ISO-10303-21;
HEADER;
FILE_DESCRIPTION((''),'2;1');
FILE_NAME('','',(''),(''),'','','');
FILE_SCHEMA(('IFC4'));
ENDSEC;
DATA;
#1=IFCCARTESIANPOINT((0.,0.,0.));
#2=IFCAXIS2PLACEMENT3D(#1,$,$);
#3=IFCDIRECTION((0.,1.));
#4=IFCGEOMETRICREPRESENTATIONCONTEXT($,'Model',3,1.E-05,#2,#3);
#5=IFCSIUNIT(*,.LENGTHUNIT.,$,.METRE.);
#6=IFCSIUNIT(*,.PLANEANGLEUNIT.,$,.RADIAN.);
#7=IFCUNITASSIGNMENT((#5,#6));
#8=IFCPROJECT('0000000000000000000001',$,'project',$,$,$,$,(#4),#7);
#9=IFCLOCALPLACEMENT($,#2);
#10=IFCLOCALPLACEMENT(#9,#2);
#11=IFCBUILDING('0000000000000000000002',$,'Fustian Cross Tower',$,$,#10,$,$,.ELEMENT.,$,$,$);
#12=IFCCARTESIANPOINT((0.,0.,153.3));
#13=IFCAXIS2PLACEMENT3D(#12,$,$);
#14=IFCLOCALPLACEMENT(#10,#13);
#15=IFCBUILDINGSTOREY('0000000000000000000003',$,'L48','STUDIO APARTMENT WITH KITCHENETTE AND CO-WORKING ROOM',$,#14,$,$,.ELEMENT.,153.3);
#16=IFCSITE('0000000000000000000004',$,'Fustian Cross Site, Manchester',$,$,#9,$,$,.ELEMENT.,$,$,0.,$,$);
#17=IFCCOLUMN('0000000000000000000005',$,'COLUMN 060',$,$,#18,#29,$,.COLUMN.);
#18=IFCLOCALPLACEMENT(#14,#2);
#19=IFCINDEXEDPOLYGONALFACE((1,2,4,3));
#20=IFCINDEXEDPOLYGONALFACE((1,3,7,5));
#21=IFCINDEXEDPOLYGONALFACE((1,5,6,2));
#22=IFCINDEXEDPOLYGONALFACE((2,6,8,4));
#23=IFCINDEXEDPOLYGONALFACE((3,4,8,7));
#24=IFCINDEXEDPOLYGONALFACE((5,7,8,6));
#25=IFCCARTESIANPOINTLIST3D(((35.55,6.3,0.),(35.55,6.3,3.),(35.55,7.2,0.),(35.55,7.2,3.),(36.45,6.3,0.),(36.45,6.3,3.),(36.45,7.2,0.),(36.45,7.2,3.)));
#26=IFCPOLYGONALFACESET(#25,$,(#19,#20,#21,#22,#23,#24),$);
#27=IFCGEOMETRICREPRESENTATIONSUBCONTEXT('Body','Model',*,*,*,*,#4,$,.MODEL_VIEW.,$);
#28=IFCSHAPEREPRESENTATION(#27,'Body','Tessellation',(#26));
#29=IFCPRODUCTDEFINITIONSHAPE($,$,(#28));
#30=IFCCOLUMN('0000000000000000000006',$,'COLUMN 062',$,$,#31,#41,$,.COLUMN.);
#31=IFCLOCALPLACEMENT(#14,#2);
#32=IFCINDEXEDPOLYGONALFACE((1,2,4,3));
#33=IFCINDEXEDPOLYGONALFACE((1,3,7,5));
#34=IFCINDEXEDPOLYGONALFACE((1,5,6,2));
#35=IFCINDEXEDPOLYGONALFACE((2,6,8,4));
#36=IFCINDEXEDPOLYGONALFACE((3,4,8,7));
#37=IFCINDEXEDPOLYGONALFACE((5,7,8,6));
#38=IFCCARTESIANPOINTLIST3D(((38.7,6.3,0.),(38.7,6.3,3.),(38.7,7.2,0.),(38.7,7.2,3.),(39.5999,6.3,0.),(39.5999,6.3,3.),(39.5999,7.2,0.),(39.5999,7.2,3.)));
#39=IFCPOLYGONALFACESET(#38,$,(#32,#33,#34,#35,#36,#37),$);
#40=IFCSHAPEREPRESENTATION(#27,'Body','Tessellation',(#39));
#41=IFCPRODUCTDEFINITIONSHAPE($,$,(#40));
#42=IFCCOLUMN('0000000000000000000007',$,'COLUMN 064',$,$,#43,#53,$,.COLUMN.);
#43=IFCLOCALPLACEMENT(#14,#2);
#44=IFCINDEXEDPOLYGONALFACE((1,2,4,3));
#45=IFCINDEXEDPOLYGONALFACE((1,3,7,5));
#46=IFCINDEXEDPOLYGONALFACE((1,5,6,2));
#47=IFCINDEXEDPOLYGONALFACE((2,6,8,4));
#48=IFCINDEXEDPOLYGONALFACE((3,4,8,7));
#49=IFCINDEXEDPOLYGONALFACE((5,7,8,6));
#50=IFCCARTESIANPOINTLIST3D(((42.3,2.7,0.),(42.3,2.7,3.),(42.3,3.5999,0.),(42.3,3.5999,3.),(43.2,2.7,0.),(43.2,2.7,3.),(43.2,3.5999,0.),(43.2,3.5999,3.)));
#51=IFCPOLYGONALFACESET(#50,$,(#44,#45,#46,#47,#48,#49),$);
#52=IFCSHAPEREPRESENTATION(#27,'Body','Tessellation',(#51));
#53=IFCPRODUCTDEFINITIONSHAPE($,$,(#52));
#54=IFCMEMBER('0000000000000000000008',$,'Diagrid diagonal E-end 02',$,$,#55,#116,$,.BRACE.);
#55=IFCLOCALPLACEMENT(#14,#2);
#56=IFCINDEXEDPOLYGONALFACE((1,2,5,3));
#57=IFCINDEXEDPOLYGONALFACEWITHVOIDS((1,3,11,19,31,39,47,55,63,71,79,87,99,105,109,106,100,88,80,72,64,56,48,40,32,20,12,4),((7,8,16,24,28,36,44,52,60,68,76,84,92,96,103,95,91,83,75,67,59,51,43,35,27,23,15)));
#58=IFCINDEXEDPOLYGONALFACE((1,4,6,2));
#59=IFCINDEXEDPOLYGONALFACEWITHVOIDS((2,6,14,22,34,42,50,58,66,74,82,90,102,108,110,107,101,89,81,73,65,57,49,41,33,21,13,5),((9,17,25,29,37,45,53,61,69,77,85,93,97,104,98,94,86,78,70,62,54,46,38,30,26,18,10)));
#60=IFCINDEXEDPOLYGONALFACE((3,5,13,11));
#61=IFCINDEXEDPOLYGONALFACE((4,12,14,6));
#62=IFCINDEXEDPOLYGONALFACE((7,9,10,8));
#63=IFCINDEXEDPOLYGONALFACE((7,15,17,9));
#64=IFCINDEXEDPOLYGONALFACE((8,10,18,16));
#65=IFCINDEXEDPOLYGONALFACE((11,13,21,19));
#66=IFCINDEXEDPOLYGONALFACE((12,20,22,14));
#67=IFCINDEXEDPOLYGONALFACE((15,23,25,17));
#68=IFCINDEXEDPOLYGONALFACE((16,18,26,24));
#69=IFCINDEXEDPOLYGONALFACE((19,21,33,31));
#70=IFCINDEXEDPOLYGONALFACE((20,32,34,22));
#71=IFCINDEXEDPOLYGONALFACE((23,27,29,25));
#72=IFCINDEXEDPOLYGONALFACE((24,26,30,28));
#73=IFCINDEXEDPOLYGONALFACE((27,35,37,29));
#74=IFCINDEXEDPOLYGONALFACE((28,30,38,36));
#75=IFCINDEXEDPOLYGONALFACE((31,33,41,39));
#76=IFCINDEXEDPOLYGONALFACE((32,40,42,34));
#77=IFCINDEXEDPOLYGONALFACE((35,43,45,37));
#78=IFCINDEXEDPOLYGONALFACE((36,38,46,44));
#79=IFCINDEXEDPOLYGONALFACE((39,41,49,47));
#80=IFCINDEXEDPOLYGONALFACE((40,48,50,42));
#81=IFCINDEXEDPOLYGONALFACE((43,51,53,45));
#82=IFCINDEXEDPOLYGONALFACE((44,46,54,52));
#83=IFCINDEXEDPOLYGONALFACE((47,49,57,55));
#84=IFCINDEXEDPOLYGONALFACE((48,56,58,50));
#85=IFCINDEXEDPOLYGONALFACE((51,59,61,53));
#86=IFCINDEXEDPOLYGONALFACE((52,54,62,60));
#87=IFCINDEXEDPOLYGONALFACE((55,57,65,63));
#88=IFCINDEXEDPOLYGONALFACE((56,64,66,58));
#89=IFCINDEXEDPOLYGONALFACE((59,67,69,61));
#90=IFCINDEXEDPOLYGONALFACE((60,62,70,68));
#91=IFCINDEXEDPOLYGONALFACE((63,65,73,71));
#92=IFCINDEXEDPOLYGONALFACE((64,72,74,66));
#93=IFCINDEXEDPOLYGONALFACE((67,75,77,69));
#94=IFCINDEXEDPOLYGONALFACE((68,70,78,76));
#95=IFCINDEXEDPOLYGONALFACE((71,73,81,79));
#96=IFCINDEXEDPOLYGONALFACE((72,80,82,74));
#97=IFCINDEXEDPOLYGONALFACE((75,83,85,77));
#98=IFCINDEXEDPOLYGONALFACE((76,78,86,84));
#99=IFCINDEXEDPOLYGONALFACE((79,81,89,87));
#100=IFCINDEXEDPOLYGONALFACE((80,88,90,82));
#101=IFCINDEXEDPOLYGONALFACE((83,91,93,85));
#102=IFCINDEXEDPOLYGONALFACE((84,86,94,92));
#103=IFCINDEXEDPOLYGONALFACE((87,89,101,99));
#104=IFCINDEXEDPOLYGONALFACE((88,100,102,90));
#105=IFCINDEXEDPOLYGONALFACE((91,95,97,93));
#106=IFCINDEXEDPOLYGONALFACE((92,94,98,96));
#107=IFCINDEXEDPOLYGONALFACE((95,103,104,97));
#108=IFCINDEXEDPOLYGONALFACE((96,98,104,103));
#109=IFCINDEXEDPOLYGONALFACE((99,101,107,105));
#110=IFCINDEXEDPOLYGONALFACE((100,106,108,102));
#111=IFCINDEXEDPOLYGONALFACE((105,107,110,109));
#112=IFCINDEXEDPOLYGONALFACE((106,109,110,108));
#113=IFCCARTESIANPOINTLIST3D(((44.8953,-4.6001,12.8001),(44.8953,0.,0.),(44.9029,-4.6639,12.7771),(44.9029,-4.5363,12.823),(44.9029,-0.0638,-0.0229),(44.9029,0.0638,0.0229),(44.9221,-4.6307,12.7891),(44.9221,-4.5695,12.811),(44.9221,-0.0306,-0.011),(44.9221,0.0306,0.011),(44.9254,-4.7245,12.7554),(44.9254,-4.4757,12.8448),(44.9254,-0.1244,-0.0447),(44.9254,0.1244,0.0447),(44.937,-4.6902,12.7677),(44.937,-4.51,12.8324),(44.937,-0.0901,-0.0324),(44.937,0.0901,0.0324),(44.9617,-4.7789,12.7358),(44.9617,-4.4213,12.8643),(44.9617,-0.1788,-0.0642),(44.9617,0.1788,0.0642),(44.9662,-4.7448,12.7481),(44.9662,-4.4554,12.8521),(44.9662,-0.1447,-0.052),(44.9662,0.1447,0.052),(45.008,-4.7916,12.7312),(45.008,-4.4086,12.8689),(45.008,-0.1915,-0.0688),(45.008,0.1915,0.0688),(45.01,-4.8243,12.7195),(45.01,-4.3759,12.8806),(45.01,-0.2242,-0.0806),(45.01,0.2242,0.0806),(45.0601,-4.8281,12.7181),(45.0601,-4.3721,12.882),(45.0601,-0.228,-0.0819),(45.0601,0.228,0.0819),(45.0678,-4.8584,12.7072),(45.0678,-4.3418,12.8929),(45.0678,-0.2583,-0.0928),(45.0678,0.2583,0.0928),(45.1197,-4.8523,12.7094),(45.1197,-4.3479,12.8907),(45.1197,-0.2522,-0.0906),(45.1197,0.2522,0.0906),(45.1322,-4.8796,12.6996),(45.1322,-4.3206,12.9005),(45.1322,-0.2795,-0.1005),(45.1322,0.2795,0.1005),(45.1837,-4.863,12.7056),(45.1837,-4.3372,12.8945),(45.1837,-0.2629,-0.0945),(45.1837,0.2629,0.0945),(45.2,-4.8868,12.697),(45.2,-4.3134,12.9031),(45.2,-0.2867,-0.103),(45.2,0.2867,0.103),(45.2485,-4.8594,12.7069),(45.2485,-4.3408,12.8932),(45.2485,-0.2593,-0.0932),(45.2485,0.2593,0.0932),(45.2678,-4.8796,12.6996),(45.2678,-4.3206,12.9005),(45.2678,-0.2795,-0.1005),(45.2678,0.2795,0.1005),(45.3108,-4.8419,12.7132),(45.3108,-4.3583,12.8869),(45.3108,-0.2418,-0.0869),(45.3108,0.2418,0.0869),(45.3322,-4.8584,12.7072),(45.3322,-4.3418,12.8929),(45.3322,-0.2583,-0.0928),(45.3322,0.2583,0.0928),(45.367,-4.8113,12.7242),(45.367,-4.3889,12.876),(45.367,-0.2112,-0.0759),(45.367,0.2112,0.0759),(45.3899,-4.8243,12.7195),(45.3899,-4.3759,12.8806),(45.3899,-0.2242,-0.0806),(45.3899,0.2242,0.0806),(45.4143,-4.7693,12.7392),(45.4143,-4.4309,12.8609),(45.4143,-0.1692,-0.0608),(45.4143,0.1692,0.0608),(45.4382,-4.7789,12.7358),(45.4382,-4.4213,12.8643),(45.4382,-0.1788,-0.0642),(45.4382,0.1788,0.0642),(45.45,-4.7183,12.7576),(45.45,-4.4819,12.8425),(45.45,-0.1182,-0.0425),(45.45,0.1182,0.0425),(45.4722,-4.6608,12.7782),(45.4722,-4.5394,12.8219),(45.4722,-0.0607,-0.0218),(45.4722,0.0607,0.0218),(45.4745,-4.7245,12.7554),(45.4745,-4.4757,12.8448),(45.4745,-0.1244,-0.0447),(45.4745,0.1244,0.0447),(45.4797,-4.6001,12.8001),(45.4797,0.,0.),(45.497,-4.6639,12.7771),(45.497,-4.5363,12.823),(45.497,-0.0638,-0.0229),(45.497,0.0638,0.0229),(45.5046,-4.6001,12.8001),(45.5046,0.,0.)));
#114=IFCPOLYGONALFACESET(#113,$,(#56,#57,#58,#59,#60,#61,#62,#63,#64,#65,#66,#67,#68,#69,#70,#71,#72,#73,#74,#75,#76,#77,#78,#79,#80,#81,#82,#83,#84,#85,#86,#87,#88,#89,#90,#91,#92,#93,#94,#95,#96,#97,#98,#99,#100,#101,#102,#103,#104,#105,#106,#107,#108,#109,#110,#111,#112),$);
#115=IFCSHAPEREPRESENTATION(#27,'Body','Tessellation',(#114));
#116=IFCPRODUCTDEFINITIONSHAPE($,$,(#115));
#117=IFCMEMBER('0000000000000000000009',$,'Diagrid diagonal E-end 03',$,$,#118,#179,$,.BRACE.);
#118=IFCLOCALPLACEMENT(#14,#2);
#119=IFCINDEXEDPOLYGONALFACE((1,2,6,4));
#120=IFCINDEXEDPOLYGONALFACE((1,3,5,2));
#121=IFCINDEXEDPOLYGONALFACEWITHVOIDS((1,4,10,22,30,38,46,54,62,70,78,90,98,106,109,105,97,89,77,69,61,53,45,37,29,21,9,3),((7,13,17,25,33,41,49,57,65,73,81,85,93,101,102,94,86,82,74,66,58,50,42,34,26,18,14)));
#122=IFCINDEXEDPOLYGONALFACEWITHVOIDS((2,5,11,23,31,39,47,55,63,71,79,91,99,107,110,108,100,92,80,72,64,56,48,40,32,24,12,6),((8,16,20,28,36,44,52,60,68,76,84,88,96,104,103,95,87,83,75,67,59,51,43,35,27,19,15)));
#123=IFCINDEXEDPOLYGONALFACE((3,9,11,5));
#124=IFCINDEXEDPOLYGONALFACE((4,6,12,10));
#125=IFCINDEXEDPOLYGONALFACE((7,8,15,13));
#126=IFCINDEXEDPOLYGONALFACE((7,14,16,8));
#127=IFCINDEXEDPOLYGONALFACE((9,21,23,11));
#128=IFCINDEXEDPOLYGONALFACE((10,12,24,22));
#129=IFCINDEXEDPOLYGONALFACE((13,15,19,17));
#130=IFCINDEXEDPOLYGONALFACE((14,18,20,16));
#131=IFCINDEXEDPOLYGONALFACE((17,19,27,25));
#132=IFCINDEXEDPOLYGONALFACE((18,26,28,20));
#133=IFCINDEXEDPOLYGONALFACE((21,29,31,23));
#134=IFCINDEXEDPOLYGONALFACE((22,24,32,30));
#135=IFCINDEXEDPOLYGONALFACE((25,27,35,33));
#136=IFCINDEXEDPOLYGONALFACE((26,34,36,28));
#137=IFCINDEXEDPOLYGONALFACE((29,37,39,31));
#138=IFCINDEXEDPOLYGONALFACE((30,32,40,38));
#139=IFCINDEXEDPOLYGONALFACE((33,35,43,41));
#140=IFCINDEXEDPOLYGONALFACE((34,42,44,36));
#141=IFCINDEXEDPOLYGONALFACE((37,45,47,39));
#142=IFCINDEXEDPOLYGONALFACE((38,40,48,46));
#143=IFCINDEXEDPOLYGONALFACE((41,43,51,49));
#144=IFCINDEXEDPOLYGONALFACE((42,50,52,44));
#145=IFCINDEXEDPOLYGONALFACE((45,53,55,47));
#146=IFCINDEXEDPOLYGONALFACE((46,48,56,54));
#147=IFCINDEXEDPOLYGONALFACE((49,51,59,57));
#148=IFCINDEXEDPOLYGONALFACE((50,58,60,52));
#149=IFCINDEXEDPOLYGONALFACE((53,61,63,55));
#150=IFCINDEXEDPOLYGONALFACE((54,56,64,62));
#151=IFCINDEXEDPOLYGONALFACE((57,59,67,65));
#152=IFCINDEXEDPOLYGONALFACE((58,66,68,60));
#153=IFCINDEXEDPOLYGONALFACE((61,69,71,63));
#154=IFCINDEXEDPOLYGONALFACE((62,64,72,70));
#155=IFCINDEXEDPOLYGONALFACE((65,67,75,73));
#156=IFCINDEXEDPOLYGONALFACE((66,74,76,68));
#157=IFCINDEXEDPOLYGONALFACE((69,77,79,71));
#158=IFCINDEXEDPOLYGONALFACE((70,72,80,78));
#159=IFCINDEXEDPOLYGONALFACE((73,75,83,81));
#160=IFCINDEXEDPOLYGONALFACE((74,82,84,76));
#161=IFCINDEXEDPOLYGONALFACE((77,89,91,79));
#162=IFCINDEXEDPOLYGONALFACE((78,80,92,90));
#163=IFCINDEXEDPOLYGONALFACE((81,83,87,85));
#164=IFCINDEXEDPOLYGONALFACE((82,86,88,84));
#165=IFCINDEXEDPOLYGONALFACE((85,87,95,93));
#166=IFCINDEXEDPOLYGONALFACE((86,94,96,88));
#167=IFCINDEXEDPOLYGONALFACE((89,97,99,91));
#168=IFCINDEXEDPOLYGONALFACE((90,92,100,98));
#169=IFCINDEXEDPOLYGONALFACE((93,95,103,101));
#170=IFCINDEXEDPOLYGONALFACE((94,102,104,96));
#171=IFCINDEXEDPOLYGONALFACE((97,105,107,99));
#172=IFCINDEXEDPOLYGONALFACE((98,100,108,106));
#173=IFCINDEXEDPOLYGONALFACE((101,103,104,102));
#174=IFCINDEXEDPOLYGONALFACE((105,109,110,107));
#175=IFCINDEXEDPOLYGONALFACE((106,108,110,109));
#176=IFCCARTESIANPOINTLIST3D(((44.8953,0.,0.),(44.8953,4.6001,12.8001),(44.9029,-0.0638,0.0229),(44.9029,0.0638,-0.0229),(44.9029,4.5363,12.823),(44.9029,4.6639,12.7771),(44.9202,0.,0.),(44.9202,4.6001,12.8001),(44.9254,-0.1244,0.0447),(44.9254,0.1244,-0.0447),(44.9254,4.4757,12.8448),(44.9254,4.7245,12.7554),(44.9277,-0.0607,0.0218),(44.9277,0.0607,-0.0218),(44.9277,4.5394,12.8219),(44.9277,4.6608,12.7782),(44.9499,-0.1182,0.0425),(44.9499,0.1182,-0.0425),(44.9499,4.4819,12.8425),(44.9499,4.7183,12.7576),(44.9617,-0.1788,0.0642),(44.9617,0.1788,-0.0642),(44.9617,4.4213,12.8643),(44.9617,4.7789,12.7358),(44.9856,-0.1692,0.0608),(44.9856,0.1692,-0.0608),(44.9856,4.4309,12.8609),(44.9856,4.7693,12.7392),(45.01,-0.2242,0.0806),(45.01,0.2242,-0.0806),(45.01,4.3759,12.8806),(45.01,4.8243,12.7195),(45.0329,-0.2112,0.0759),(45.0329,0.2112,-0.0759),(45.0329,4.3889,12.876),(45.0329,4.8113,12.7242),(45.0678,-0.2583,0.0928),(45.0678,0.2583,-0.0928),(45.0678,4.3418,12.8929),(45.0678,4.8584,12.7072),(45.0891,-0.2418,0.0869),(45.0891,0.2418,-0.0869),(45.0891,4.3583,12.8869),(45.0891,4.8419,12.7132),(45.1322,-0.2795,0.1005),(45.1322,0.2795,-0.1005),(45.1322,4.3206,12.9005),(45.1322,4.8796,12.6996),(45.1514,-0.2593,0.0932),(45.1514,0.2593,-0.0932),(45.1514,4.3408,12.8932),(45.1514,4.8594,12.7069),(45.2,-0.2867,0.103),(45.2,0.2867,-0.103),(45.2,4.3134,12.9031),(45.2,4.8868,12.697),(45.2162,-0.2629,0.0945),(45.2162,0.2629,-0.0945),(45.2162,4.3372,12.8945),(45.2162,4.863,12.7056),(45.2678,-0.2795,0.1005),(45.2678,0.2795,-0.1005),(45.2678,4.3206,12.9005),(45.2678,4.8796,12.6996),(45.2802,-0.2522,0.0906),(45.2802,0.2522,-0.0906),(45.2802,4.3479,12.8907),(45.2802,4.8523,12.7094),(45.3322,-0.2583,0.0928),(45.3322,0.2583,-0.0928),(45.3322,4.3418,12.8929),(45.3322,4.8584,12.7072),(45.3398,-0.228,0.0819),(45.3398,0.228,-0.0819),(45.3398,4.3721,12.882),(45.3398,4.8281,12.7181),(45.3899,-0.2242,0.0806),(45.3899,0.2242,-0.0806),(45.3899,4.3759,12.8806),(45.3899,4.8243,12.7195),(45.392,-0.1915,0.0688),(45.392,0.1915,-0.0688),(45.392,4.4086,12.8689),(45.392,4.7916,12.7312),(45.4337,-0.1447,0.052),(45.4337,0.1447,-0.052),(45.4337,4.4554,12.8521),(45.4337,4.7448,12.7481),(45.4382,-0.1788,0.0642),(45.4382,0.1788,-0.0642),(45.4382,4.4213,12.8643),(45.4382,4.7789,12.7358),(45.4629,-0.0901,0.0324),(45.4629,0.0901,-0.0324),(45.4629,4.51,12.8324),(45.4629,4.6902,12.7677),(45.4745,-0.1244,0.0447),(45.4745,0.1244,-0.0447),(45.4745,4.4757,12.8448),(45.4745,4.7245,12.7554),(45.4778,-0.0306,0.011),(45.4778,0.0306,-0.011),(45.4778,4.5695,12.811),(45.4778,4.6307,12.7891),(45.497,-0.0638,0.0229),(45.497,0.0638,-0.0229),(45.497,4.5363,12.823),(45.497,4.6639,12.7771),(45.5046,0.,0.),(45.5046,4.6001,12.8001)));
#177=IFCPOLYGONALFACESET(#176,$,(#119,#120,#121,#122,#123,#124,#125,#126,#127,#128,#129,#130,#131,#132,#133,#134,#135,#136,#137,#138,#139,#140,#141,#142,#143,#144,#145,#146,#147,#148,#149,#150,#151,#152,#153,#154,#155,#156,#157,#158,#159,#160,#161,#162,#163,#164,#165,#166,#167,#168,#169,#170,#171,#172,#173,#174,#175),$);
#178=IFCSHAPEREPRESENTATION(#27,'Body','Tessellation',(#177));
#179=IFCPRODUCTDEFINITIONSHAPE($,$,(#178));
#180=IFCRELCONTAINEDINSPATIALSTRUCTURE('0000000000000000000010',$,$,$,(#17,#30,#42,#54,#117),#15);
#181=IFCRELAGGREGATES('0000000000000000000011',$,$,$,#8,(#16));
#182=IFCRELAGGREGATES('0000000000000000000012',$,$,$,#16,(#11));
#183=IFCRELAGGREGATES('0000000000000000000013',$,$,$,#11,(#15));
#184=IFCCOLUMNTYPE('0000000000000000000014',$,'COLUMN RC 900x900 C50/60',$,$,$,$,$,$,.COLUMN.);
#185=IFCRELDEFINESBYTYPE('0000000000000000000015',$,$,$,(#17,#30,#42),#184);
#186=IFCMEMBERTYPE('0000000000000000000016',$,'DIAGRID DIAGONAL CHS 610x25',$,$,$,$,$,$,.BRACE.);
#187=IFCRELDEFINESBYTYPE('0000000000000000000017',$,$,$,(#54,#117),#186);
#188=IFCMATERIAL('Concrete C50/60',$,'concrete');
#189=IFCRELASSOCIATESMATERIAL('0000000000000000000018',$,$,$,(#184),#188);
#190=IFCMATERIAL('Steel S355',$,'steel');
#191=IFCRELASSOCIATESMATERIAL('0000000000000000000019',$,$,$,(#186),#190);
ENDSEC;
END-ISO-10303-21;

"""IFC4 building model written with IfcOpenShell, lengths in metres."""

from ifc_helpers import new_model, si_unit, direction, frame, origin, origin_2d, place, context, subcontext, project, spatial, rectangle, hollow_circle, extrude, material, material_profile, profile_set, type_object, element, save


model = new_model("IFC4")

# Units and contexts
model_context = context("Model", 3, precision=1e-05, world=origin(), true_north=direction((0.0, 1.0)))
body_context = subcontext(model_context, "Body", "Model", "MODEL_VIEW")
ifc_project = project(units=[si_unit("LENGTHUNIT", "METRE"), si_unit("PLANEANGLEUNIT", "RADIAN")], contexts=[model_context])

# Site, building, storey
site_placement = place(None, origin())
site = spatial("IfcSite", under=ifc_project, at=site_placement, Name="Fustian Cross Site, Manchester", CompositionType="ELEMENT", RefElevation=0.0)
building_placement = place(site_placement, origin())
building = spatial("IfcBuilding", under=site, at=building_placement, Name="Fustian Cross Tower", CompositionType="ELEMENT")
storey_placement = place(building_placement, frame((0.0, 0.0, 153.3)))
storey = spatial("IfcBuildingStorey", under=building, at=storey_placement, Name="L48", Description="STUDIO APARTMENT WITH KITCHENETTE AND CO-WORKING ROOM", CompositionType="ELEMENT", Elevation=153.3)

# Columns
ifc_material_1 = material(Name="Concrete C50/60", Category="concrete")
ifc_material_profile_1 = material_profile(ifc_material_1, rectangle(XDim=0.8999, YDim=0.8999, at=origin_2d()), Name="RC 900x900")
ifc_profile_set_1 = profile_set([ifc_material_profile_1], Name="Concrete C50/60")
column_type = type_object("IfcColumnType", Name="COLUMN RC 900x900 C50/60", PredefinedType="COLUMN", material=ifc_profile_set_1)
for number, where, z_axis, x_axis, name in (
    (1, (36.0, 6.75, 0.0), (0.0, 0.0, 1.0), (1.0, 0.0, 0.0), "COLUMN 060"),
    (2, (39.1499, 6.75, 0.0), (0.0, 0.0, 1.0), (1.0, 0.0, 0.0), "COLUMN 062"),
    (3, (42.75, 3.1499, 0.0), (0.0, 0.0, 1.0), (1.0, 0.0, 0.0), "COLUMN 064"),
):
    element("IfcColumn", number, at=place(storey_placement, frame(where, z_axis=z_axis, x_axis=x_axis)), inside=storey, type_object=column_type, Name=name, PredefinedType="COLUMN", context=body_context, shape_type="SweptSolid", body=[
        extrude(rectangle(XDim=0.8999, YDim=0.8999, at=origin_2d()), origin(), (0.0, 0.0, 1.0), 3.0),
    ])

# Members
ifc_material_2 = material(Name="Steel S355", Category="steel")
ifc_material_profile_2 = material_profile(ifc_material_2, hollow_circle(Radius=0.3047, WallThickness=0.0249, at=origin_2d()), Name="CHS 610x25")
ifc_profile_set_2 = profile_set([ifc_material_profile_2], Name="Steel S355")
member_type_1 = type_object("IfcMemberType", Name="DIAGRID DIAGONAL CHS 610x25", PredefinedType="BRACE", material=ifc_profile_set_2)
for number, where, z_axis, x_axis, name in (
    (4, (45.2, 0.0, 0.0), (0.0, -0.338204, 0.941073), (1.0, 0.0, 0.0), "Diagrid diagonal E-end 02"),
    (5, (45.2, 0.0, 0.0), (0.0, 0.338204, 0.941073), (-1.0, 0.0, 0.0), "Diagrid diagonal E-end 03"),
):
    element("IfcMember", number, at=place(storey_placement, frame(where, z_axis=z_axis, x_axis=x_axis)), inside=storey, type_object=member_type_1, Name=name, PredefinedType="BRACE", context=body_context, shape_type="SweptSolid", body=[
        extrude(hollow_circle(Radius=0.3047, WallThickness=0.0249, at=origin_2d()), origin(), (0.0, 0.0, 1.0), 13.6016),
    ])

save(model, "model.ifc")
